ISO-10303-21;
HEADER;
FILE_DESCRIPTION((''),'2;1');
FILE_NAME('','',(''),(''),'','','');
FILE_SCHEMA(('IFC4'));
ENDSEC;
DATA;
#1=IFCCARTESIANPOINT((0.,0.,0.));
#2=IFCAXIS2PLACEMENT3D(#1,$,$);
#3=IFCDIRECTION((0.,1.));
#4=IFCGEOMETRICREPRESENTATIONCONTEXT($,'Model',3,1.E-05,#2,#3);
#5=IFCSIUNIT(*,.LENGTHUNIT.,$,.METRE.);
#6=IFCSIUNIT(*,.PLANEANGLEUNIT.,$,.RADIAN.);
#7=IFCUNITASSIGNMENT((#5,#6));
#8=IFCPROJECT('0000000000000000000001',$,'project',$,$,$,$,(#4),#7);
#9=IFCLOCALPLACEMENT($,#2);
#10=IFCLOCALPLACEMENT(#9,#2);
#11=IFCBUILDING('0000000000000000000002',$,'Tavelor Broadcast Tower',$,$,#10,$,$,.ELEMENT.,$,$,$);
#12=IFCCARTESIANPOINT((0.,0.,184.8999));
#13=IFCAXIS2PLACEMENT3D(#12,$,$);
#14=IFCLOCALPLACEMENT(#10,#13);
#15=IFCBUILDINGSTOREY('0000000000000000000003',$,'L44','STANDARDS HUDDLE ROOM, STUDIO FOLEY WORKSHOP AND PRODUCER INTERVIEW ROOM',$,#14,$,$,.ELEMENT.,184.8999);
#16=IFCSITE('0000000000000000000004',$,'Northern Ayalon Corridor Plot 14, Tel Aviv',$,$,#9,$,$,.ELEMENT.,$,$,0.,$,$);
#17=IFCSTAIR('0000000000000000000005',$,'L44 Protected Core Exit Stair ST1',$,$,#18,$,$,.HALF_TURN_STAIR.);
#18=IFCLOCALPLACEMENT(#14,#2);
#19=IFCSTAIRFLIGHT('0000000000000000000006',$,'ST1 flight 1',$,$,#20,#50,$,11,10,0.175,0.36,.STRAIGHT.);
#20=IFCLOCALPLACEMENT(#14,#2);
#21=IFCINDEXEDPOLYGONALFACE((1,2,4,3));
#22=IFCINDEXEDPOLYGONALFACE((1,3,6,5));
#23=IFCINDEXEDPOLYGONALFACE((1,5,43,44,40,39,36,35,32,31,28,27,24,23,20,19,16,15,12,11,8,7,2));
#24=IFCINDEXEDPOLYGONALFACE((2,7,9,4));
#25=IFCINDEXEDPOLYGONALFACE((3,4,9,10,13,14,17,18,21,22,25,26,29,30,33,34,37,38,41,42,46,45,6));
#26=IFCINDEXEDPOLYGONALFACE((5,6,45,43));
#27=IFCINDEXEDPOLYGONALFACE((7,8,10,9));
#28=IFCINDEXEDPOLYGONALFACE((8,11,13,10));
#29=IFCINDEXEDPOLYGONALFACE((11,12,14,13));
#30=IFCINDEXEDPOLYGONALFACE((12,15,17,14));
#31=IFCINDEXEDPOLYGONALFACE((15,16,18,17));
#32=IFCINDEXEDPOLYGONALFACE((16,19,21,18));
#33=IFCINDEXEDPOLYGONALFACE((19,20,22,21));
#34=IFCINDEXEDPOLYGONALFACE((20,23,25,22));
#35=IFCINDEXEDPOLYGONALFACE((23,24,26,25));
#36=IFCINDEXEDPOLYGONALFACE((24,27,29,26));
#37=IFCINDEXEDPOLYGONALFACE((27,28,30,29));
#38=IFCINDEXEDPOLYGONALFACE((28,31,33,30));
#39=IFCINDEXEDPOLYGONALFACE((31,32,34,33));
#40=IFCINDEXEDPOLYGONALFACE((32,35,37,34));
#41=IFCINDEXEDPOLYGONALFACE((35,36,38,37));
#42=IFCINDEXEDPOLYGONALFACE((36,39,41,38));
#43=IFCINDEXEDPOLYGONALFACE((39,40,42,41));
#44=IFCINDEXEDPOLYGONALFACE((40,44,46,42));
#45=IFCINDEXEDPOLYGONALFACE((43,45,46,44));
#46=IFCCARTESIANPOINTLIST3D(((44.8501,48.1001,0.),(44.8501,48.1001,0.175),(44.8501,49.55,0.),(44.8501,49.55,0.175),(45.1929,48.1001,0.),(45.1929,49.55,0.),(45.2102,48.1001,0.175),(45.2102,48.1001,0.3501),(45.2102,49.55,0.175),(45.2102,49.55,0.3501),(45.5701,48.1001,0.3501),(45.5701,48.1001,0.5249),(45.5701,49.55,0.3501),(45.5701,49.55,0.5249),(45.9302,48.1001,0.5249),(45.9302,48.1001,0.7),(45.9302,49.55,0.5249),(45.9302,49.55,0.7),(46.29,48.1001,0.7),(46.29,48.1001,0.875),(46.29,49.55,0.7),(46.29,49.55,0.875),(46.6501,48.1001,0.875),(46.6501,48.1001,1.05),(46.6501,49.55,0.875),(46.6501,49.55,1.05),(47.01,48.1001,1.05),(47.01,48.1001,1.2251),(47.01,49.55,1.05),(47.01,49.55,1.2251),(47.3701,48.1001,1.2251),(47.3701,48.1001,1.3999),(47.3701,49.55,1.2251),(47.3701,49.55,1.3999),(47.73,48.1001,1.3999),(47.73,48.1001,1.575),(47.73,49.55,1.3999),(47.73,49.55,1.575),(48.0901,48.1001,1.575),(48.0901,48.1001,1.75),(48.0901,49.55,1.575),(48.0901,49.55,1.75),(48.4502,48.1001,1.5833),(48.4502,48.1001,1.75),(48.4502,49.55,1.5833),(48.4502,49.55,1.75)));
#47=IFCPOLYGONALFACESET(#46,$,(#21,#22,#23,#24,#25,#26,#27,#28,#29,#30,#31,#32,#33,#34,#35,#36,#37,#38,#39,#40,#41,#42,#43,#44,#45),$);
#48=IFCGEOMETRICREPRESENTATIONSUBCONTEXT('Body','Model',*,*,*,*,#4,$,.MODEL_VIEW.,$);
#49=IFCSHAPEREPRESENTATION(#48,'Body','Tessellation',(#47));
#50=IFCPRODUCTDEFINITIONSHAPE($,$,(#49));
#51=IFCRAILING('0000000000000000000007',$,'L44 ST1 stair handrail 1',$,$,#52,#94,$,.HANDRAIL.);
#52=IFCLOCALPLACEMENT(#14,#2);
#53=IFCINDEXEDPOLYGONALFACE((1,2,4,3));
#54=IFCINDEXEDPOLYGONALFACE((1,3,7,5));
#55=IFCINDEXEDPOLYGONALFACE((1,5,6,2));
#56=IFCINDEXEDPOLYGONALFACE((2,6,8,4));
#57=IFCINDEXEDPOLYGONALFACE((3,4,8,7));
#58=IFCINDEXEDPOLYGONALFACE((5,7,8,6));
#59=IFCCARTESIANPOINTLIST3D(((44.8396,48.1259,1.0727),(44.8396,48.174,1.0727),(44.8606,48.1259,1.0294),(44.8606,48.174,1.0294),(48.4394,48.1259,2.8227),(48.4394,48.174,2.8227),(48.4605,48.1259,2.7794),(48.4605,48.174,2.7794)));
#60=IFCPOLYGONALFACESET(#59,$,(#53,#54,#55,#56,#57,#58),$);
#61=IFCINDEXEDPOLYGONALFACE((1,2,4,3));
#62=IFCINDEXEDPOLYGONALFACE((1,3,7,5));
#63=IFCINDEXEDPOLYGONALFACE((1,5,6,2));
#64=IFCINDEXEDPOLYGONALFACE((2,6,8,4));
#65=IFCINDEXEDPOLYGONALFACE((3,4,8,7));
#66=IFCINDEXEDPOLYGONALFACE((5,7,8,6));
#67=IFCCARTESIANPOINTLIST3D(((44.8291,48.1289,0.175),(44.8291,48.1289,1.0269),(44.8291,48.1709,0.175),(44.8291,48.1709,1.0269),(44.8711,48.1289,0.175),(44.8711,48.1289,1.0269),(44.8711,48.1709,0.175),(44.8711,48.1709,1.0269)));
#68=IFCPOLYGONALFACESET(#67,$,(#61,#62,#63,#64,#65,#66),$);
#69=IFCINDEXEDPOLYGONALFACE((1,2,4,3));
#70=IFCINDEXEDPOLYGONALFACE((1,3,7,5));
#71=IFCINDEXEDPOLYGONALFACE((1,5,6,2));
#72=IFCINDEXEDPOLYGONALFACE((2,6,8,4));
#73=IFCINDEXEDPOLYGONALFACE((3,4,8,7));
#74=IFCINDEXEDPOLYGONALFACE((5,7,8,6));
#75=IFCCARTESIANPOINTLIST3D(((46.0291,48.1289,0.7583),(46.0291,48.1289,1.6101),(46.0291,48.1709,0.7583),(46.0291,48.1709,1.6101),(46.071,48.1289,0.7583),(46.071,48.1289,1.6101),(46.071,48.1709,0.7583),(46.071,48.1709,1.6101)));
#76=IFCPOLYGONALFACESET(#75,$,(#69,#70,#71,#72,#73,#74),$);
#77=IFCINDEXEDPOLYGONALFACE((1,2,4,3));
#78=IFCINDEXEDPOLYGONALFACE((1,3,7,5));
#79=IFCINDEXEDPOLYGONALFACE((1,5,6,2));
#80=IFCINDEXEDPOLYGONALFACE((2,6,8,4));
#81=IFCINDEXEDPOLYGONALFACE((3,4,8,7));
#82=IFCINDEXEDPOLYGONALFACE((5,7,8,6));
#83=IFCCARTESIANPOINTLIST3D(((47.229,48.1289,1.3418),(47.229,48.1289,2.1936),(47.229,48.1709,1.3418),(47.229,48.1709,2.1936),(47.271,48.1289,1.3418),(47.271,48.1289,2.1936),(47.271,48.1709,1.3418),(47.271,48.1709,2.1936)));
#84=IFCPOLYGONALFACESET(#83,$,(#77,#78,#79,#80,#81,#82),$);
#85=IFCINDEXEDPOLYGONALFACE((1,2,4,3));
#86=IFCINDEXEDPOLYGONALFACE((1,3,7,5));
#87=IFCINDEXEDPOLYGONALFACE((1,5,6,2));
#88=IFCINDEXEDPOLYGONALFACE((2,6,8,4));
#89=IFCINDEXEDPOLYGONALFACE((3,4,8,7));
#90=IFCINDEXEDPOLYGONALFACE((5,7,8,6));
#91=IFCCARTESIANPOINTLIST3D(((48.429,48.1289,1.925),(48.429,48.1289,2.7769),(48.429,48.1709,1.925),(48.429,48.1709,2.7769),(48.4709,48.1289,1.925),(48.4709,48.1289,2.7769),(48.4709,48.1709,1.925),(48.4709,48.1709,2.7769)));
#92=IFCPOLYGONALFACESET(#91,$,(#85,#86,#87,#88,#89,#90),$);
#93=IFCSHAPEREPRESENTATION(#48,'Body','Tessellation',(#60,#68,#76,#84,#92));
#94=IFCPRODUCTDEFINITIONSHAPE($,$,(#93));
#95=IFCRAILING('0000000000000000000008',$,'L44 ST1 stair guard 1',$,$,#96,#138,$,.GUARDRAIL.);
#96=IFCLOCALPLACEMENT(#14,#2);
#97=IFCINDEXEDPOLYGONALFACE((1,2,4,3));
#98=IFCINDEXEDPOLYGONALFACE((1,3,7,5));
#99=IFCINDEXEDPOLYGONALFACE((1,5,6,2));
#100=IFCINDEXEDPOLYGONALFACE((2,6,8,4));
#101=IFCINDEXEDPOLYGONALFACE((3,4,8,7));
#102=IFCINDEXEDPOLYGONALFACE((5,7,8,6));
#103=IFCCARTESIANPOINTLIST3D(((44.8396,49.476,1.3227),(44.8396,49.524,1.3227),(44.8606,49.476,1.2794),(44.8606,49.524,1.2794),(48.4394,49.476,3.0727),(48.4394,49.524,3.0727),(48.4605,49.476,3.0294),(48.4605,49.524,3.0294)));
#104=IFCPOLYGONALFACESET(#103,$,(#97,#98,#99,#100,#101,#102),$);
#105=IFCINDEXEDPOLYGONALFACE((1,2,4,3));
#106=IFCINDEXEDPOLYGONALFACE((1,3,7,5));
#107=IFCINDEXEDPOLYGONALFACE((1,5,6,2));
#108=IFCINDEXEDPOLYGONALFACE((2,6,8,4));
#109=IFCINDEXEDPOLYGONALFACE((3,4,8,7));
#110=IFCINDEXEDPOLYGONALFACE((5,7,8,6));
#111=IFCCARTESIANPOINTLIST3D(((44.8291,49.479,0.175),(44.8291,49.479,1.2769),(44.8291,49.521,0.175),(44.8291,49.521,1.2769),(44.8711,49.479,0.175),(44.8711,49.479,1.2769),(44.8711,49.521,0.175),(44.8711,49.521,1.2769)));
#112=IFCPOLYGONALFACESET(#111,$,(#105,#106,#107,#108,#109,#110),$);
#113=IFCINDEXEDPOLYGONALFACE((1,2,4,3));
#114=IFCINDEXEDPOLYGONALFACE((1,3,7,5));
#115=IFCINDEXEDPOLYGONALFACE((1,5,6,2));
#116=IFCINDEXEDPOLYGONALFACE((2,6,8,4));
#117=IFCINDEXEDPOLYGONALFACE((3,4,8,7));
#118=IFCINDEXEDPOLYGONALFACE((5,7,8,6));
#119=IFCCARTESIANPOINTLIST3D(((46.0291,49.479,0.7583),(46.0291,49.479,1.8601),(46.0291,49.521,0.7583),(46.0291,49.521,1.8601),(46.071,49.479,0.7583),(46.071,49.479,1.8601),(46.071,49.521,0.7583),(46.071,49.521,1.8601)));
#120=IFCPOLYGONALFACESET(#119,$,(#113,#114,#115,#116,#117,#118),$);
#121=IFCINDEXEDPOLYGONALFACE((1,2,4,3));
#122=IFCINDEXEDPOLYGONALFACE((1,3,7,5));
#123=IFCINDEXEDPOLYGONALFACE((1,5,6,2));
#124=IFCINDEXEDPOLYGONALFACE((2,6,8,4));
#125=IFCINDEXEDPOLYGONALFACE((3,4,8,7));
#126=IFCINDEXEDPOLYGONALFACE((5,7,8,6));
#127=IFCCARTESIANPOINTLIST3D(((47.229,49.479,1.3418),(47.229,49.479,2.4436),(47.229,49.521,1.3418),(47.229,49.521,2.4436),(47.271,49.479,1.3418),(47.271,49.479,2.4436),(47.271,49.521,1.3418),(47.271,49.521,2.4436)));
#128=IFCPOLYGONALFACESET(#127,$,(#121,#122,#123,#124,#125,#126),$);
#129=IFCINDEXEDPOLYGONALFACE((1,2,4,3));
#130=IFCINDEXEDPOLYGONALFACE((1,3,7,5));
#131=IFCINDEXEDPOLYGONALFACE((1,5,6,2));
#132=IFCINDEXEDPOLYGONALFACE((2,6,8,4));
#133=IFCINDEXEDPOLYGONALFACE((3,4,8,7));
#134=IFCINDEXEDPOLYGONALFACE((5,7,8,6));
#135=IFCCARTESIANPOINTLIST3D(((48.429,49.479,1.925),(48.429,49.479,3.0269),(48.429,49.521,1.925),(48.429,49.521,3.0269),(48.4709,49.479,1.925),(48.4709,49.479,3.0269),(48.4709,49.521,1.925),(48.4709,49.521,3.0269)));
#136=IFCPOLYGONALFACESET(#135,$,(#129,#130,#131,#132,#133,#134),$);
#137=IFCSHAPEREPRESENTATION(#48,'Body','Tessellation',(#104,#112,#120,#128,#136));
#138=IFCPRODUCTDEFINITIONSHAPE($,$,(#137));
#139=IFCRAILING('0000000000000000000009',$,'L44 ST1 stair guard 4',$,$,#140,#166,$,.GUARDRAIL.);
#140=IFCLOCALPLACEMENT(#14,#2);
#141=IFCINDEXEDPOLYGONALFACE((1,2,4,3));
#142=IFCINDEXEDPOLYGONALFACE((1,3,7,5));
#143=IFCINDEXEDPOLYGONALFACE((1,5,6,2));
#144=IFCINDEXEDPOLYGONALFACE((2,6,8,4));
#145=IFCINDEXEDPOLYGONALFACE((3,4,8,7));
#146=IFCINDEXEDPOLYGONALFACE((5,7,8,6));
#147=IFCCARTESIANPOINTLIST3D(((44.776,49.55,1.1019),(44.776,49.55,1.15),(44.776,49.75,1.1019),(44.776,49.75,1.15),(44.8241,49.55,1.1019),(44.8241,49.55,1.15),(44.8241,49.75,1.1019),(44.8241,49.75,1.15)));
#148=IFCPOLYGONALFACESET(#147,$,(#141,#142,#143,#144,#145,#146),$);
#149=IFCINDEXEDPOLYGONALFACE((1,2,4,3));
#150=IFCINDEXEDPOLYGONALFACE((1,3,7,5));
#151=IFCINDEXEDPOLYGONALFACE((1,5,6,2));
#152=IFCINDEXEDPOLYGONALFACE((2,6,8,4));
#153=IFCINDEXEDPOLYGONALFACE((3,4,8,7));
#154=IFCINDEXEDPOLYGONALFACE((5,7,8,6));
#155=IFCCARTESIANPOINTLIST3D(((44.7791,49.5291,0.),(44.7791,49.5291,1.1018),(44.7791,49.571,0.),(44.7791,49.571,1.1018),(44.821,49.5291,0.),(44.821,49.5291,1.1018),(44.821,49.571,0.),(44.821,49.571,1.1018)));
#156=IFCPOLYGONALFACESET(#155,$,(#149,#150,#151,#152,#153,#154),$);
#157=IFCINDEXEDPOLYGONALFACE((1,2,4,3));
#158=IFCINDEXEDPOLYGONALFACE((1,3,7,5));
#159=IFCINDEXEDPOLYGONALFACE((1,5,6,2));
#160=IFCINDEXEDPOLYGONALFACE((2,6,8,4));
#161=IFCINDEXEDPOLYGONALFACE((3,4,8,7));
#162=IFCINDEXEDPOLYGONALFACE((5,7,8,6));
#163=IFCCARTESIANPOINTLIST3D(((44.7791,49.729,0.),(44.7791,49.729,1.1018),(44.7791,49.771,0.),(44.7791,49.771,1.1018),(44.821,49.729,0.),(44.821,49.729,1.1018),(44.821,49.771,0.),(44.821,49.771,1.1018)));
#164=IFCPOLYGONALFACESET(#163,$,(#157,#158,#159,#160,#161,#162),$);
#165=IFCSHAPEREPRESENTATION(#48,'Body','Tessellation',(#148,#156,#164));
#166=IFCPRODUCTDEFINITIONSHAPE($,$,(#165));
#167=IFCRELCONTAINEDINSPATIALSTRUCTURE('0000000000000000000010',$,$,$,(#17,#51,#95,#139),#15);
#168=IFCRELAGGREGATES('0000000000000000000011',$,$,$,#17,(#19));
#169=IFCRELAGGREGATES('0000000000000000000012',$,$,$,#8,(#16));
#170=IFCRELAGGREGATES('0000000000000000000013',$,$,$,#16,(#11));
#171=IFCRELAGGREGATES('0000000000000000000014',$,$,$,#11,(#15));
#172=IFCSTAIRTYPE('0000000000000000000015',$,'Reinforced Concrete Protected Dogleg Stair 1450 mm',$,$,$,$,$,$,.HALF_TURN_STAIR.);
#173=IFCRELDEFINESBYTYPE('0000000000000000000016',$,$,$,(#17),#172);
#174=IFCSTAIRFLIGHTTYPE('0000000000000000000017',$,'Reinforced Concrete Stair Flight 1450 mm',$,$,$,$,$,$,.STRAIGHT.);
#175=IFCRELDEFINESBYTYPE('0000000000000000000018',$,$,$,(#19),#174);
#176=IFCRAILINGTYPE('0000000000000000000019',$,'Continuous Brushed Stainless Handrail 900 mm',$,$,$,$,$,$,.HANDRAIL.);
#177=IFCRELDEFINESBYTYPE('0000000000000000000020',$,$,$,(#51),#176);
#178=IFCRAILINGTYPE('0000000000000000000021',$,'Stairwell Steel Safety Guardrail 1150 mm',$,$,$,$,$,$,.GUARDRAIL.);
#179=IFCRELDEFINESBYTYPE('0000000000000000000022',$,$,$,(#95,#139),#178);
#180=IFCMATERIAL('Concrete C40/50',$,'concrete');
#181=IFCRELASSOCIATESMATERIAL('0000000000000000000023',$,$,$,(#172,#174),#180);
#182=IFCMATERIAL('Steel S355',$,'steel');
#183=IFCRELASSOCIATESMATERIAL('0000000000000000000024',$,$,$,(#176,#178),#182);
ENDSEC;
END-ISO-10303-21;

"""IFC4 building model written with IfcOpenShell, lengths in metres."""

from ifc_helpers import new_model, si_unit, direction, frame, origin, origin_2d, place, context, subcontext, project, spatial, polyline, rectangle, outline, extrude, material, type_object, element, aggregate, save


model = new_model("IFC4")

# Units and contexts
model_context = context("Model", 3, precision=1e-05, world=origin(), true_north=direction((0.0, 1.0)))
body_context = subcontext(model_context, "Body", "Model", "MODEL_VIEW")
ifc_project = project(units=[si_unit("LENGTHUNIT", "METRE"), si_unit("PLANEANGLEUNIT", "RADIAN")], contexts=[model_context])

# Site, building, storey
site_placement = place(None, origin())
site = spatial("IfcSite", under=ifc_project, at=site_placement, Name="Northern Ayalon Corridor Plot 14, Tel Aviv", CompositionType="ELEMENT", RefElevation=0.0)
building_placement = place(site_placement, origin())
building = spatial("IfcBuilding", under=site, at=building_placement, Name="Tavelor Broadcast Tower", CompositionType="ELEMENT")
storey_placement = place(building_placement, frame((0.0, 0.0, 184.8999)))
storey = spatial("IfcBuildingStorey", under=building, at=storey_placement, Name="L44", Description="STANDARDS HUDDLE ROOM, STUDIO FOLEY WORKSHOP AND PRODUCER INTERVIEW ROOM", CompositionType="ELEMENT", Elevation=184.8999)

# Shared definitions
ifc_material_1 = material(Name="Steel S355", Category="steel")

# Stair, stair flight
ifc_material_2 = material(Name="Concrete C40/50", Category="concrete")
stair_type = type_object("IfcStairType", Name="Reinforced Concrete Protected Dogleg Stair 1450 mm", PredefinedType="HALF_TURN_STAIR", material=ifc_material_2)
stair_placement = place(storey_placement, origin())
stair = element("IfcStair", 1, at=stair_placement, inside=storey, type_object=stair_type, Name="L44 Protected Core Exit Stair ST1", PredefinedType="HALF_TURN_STAIR")
stair_flight_type = type_object("IfcStairFlightType", Name="Reinforced Concrete Stair Flight 1450 mm", PredefinedType="STRAIGHT", material=ifc_material_2)
stair_flight_placement = place(storey_placement, frame((44.8501, 48.825, 0.0), z_axis=(0.0, 0.0, 1.0), x_axis=(1.0, 0.0, 0.0)))
stair_flight = element("IfcStairFlight", 2, at=stair_flight_placement, type_object=stair_flight_type, Name="ST1 flight 1", NumberOfRisers=11, NumberOfTreads=10, PredefinedType="STRAIGHT", RiserHeight=0.175, TreadLength=0.36, context=body_context, shape_type="SweptSolid", body=[
    extrude(outline(polyline([(0.0, 0.0), (0.0, 0.175), (0.3601, 0.175), (0.3601, 0.3501), (0.72, 0.3501), (0.72, 0.5249), (1.0801, 0.5249), (1.0801, 0.7), (1.4399, 0.7), (1.4399, 0.875), (1.8, 0.875), (1.8, 1.05), (2.1599, 1.05), (2.1599, 1.2251), (2.52, 1.2251), (2.52, 1.3999), (2.8799, 1.3999), (2.8799, 1.575), (3.24, 1.575), (3.24, 1.75), (3.6001, 1.75), (3.6001, 1.925), (3.6001, 1.5833), (0.3428, 0.0), (0.0, 0.0)])), frame((0.0, 0.7251, 0.0), z_axis=(0.0, -1.0, 0.0), x_axis=(1.0, 0.0, 0.0)), (0.0, 0.0, 1.0), 1.45),
])
aggregate(stair, [stair_flight])

# Railings
railing_type_1 = type_object("IfcRailingType", Name="Continuous Brushed Stainless Handrail 900 mm", PredefinedType="HANDRAIL", material=ifc_material_1)
railing_1_placement = place(storey_placement, frame((44.8501, 48.1499, 0.175)))
element("IfcRailing", 3, at=railing_1_placement, inside=storey, type_object=railing_type_1, Name="L44 ST1 stair handrail 1", PredefinedType="HANDRAIL", context=body_context, shape_type="SweptSolid", body=[
    extrude(rectangle(XDim=0.0481, YDim=0.0481, at=origin_2d()), frame((0.0, 0.0, 0.876), z_axis=(0.899361, 0.0, 0.437207), x_axis=(0.0, 1.0, 0.0)), (0.0, 0.0, 1.0), 4.0027),
    extrude(rectangle(XDim=0.042, YDim=0.042, at=origin_2d()), origin(), (0.0, 0.0, 1.0), 0.8518),
    extrude(rectangle(XDim=0.042, YDim=0.042, at=origin_2d()), frame((1.2, 0.0, 0.5833)), (0.0, 0.0, 1.0), 0.8518),
    extrude(rectangle(XDim=0.042, YDim=0.042, at=origin_2d()), frame((2.3999, 0.0, 1.1667)), (0.0, 0.0, 1.0), 0.8518),
    extrude(rectangle(XDim=0.042, YDim=0.042, at=origin_2d()), frame((3.5999, 0.0, 1.75)), (0.0, 0.0, 1.0), 0.8518),
])
railing_type_2 = type_object("IfcRailingType", Name="Stairwell Steel Safety Guardrail 1150 mm", PredefinedType="GUARDRAIL", material=ifc_material_1)
railing_2_placement = place(storey_placement, frame((44.8501, 49.5, 0.175)))
element("IfcRailing", 4, at=railing_2_placement, inside=storey, type_object=railing_type_2, Name="L44 ST1 stair guard 1", PredefinedType="GUARDRAIL", context=body_context, shape_type="SweptSolid", body=[
    extrude(rectangle(XDim=0.0481, YDim=0.0481, at=origin_2d()), frame((0.0, 0.0, 1.126), z_axis=(0.899361, 0.0, 0.437207), x_axis=(0.0, 1.0, 0.0)), (0.0, 0.0, 1.0), 4.0027),
    extrude(rectangle(XDim=0.042, YDim=0.042, at=origin_2d()), origin(), (0.0, 0.0, 1.0), 1.1018),
    extrude(rectangle(XDim=0.042, YDim=0.042, at=origin_2d()), frame((1.2, 0.0, 0.5833)), (0.0, 0.0, 1.0), 1.1018),
    extrude(rectangle(XDim=0.042, YDim=0.042, at=origin_2d()), frame((2.3999, 0.0, 1.1667)), (0.0, 0.0, 1.0), 1.1018),
    extrude(rectangle(XDim=0.042, YDim=0.042, at=origin_2d()), frame((3.5999, 0.0, 1.75)), (0.0, 0.0, 1.0), 1.1018),
])
railing_3_placement = place(storey_placement, frame((44.8, 49.55, 0.0)))
element("IfcRailing", 5, at=railing_3_placement, inside=storey, type_object=railing_type_2, Name="L44 ST1 stair guard 4", PredefinedType="GUARDRAIL", context=body_context, shape_type="SweptSolid", body=[
    extrude(rectangle(XDim=0.0481, YDim=0.0481, at=origin_2d()), frame((0.0, 0.0, 1.126), z_axis=(0.0, 1.0, 0.0), x_axis=(-1.0, 0.0, 0.0)), (0.0, 0.0, 1.0), 0.2),
    extrude(rectangle(XDim=0.042, YDim=0.042, at=origin_2d()), origin(), (0.0, 0.0, 1.0), 1.1018),
    extrude(rectangle(XDim=0.042, YDim=0.042, at=origin_2d()), frame((0.0, 0.2, 0.0)), (0.0, 0.0, 1.0), 1.1018),
])

save(model, "model.ifc")
